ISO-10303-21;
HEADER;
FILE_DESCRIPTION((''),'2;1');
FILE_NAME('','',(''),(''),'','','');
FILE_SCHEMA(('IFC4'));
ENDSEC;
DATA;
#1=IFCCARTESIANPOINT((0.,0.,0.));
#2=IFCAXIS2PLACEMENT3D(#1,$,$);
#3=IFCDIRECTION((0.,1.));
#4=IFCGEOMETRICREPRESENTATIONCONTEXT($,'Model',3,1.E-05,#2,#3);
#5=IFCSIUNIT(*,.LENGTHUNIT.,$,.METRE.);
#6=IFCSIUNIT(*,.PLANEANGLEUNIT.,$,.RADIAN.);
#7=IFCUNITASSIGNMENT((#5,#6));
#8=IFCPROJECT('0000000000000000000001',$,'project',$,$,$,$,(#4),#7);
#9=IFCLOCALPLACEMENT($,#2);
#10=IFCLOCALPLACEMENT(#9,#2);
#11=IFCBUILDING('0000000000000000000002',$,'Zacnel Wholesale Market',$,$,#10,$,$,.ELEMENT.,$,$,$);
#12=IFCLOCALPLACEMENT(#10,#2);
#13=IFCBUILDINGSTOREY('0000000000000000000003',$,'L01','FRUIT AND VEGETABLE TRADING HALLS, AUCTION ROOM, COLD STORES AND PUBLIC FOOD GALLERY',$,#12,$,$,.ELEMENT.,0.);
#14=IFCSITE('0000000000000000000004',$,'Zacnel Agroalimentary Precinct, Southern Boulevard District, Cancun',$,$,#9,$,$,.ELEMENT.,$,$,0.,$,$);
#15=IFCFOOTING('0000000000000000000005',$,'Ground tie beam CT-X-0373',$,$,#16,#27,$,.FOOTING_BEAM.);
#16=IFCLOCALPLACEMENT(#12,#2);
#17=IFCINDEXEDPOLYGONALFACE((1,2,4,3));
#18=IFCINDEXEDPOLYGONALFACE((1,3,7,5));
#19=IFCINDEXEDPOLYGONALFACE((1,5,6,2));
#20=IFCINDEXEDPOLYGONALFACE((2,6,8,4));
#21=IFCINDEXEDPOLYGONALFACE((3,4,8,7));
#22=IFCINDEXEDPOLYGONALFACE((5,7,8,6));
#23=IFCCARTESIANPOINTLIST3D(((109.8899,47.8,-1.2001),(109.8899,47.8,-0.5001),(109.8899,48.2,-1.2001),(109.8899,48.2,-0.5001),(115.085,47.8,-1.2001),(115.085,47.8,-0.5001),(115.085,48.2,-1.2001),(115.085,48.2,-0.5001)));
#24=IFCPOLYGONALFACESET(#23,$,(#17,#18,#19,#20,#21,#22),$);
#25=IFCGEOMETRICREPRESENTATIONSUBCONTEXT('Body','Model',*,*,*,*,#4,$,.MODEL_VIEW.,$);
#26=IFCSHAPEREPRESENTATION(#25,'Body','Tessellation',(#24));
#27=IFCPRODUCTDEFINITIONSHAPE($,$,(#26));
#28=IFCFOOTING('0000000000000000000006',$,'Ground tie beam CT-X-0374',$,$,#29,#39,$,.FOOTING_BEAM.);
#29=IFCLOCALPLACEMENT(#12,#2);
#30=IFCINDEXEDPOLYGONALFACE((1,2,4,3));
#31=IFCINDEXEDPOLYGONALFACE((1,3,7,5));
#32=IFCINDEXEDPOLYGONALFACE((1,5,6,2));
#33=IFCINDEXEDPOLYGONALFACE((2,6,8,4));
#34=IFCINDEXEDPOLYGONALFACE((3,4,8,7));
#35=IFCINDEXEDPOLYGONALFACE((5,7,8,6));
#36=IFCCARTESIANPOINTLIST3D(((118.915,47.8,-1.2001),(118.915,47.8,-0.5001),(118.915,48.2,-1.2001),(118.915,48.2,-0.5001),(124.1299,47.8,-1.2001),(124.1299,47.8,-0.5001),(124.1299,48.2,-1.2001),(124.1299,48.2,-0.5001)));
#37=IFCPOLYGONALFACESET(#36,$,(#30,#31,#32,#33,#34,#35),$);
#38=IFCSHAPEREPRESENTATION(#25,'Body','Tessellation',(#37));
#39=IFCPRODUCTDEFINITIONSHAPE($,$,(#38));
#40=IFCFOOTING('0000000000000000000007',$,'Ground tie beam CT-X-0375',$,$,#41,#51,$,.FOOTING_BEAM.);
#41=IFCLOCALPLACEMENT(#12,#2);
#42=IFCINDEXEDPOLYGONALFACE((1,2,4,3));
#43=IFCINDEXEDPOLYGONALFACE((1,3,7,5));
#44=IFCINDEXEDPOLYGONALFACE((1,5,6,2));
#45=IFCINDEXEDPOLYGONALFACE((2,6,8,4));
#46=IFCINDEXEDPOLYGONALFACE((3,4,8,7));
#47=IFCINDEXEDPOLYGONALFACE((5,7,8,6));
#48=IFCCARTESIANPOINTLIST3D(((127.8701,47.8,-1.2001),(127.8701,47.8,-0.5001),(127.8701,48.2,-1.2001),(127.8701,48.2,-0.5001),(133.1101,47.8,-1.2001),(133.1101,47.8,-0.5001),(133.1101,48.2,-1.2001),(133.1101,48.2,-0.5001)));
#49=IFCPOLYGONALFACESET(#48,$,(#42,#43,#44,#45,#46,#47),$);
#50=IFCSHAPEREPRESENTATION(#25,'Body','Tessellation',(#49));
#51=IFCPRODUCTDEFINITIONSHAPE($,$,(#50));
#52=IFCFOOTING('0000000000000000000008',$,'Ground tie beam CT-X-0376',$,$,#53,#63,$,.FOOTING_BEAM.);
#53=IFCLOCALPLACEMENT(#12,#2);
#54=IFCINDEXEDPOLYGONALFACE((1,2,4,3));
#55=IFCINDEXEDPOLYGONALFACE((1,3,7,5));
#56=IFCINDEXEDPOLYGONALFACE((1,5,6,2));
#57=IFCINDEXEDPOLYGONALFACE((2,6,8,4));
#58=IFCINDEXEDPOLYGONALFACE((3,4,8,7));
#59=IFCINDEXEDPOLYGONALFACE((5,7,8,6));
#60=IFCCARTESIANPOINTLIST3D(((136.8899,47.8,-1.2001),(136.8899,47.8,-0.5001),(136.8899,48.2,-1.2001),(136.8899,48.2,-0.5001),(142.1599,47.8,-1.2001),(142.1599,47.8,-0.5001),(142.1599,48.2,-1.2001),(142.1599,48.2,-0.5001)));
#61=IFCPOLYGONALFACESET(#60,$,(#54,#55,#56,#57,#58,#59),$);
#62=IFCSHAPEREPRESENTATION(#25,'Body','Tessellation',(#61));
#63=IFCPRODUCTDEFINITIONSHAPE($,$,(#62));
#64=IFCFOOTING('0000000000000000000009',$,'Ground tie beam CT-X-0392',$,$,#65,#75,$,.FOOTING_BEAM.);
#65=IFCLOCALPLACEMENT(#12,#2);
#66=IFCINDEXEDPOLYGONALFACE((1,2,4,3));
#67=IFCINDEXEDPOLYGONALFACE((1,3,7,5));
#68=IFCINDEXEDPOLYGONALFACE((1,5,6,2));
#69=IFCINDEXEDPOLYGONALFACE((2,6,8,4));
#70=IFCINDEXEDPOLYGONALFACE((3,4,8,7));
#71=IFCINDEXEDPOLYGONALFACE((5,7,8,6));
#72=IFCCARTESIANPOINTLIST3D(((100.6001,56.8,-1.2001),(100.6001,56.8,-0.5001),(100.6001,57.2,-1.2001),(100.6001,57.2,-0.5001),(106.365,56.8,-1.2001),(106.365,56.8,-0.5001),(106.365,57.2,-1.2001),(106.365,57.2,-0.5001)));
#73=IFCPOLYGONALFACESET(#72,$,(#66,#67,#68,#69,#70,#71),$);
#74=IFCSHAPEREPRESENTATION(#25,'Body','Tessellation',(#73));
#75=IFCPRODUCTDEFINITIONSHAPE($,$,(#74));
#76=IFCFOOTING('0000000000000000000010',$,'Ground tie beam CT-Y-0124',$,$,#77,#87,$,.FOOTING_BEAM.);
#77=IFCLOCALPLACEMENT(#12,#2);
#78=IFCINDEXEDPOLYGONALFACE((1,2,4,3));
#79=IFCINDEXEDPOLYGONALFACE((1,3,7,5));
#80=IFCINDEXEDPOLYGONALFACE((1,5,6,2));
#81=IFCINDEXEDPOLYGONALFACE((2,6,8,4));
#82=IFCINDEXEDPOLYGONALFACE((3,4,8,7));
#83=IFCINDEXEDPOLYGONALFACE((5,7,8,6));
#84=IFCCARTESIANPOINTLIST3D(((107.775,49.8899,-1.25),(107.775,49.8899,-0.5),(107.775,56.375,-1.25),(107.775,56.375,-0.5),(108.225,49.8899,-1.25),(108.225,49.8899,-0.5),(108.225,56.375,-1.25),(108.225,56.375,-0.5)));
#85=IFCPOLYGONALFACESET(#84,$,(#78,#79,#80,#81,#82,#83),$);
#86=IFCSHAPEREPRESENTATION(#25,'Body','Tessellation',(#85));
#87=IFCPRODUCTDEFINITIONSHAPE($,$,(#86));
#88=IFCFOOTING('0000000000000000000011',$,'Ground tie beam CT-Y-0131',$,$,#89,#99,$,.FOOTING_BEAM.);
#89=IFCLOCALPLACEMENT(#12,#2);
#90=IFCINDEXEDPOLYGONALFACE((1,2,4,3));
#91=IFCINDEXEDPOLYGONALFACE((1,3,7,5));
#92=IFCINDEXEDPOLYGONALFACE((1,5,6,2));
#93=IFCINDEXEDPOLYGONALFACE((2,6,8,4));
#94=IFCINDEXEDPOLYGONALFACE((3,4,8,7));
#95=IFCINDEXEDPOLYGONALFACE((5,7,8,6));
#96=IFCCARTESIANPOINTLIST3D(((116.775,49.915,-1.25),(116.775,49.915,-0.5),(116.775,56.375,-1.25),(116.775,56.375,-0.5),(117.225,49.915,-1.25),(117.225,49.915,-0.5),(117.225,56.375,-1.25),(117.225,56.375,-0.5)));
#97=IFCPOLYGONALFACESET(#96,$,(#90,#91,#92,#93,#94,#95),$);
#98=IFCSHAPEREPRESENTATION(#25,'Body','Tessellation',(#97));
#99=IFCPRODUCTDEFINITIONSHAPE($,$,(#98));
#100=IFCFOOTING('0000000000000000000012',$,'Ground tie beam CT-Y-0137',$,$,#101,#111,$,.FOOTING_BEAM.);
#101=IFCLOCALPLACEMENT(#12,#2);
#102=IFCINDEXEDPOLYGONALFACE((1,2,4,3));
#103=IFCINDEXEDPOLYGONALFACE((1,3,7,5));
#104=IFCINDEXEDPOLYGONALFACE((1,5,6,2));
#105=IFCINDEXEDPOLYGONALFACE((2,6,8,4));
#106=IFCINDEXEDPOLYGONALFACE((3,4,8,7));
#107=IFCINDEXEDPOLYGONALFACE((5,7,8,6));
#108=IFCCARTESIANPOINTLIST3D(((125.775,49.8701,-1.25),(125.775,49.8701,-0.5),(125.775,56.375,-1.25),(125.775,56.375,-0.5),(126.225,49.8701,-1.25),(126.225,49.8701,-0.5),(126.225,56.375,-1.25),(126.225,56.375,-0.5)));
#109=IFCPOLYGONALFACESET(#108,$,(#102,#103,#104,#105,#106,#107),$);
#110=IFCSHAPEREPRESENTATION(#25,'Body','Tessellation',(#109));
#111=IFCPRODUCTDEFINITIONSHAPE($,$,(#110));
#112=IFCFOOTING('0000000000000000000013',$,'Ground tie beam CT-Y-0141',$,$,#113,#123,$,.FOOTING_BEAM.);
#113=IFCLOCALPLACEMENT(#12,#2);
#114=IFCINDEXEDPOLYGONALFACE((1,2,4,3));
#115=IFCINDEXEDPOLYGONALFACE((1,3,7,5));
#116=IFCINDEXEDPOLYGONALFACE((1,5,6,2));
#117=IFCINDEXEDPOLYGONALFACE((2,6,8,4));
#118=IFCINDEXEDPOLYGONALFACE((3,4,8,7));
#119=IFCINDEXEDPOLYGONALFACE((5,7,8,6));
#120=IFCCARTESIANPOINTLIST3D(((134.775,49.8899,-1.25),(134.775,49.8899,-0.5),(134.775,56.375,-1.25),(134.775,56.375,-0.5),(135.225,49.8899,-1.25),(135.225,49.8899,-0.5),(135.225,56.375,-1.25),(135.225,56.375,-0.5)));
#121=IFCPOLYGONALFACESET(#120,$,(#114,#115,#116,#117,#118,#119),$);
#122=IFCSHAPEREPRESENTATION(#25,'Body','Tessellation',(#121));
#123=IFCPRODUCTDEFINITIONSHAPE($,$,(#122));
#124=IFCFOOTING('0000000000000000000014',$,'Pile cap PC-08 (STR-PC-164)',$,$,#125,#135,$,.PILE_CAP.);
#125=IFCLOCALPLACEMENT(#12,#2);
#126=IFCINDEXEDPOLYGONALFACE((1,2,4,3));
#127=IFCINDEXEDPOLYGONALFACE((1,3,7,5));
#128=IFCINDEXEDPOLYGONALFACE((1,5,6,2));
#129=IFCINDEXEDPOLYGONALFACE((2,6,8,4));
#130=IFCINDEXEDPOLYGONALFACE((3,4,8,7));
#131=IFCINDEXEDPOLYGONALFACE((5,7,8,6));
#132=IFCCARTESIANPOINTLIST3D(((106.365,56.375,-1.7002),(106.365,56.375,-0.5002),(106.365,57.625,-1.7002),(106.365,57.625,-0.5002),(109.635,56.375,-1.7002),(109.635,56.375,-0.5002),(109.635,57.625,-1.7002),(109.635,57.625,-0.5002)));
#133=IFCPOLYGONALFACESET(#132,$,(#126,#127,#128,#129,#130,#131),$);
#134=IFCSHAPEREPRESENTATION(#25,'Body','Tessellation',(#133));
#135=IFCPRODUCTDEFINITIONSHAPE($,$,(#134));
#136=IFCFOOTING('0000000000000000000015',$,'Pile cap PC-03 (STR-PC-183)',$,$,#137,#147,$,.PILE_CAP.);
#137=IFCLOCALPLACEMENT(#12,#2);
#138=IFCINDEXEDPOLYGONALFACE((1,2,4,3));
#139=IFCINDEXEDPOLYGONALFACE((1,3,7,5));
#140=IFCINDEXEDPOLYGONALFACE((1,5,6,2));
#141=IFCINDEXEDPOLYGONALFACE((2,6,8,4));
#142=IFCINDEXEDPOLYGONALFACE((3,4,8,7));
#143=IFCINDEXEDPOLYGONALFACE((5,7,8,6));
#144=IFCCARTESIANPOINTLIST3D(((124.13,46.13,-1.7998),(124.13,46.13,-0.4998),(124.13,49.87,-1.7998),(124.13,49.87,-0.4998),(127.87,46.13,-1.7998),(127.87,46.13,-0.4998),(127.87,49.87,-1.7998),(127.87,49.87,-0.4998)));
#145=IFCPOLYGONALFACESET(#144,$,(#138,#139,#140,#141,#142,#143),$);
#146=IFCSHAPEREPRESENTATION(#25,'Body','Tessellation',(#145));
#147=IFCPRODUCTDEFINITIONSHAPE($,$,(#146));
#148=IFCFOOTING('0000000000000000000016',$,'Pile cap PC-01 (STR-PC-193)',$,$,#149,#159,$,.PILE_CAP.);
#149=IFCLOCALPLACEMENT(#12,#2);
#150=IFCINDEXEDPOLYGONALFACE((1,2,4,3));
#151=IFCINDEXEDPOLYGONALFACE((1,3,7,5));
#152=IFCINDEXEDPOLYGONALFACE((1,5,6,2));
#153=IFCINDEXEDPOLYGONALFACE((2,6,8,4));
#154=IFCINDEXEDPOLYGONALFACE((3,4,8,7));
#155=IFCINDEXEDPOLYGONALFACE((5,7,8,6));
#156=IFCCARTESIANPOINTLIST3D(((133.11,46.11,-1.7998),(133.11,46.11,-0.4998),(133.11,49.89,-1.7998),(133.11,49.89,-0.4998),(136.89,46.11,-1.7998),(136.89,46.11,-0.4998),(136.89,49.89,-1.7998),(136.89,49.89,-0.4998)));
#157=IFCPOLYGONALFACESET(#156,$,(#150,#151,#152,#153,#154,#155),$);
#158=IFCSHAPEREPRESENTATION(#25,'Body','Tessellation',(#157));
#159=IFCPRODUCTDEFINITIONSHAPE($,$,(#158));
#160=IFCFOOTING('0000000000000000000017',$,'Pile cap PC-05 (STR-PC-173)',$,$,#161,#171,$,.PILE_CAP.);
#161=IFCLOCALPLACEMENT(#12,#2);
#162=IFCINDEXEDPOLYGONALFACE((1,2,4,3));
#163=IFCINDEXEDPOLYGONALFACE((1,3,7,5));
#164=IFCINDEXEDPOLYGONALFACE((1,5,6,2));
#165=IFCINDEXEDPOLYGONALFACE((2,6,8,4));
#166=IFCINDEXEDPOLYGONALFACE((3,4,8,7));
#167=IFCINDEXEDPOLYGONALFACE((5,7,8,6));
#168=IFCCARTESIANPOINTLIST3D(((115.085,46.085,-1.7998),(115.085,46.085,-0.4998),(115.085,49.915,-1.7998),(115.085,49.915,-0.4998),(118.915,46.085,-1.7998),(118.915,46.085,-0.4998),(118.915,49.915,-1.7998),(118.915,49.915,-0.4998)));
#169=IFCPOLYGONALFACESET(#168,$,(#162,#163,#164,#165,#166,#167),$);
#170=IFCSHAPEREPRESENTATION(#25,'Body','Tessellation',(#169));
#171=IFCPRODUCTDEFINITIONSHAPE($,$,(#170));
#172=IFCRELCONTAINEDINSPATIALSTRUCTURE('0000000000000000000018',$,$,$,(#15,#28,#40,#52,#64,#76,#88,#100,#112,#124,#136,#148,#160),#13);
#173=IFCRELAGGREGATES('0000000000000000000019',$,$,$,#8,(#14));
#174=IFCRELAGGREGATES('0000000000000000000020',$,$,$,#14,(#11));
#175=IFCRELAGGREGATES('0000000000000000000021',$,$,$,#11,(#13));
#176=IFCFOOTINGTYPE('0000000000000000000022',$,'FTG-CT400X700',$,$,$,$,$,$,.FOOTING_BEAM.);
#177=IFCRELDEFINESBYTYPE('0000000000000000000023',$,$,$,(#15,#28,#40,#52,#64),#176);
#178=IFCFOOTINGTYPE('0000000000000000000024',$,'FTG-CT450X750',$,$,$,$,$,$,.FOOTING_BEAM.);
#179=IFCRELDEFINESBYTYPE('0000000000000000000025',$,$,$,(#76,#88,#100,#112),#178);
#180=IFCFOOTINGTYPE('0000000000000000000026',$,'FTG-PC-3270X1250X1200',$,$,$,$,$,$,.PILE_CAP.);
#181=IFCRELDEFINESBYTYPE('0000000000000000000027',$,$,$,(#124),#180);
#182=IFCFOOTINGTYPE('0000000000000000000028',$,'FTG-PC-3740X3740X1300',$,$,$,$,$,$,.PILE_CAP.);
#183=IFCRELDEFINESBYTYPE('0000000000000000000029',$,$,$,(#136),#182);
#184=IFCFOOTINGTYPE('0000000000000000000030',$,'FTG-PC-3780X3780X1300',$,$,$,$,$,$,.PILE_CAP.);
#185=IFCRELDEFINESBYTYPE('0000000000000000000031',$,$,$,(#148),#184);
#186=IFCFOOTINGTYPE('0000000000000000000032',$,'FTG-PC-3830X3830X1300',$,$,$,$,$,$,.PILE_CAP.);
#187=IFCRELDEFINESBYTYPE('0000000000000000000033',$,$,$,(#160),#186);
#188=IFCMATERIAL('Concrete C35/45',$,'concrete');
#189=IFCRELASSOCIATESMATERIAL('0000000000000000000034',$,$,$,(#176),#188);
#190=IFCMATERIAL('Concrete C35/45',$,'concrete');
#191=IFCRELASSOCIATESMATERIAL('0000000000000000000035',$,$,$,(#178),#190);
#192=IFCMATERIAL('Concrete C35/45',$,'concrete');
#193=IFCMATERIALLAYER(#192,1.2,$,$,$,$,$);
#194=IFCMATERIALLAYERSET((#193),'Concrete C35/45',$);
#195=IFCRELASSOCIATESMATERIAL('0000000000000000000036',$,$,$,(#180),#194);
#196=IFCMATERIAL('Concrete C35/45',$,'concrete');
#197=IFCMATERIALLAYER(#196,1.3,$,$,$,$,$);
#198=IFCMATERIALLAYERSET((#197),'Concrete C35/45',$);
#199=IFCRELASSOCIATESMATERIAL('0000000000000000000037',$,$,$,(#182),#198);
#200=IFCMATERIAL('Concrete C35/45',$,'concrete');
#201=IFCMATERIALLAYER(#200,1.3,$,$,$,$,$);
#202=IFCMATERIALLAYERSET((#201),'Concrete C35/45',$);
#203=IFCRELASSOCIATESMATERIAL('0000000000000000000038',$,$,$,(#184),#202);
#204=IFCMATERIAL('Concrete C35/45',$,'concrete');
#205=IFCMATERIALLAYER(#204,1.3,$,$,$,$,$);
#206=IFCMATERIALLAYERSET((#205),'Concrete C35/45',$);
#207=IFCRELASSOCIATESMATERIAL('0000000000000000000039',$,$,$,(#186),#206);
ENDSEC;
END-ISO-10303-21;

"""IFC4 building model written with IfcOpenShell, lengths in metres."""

from ifc_helpers import new_model, si_unit, direction, frame, origin, origin_2d, place, context, subcontext, project, spatial, rectangle, extrude, material, layer, layer_set, material_profile, profile_set, type_object, element, save


model = new_model("IFC4")

# Units and contexts
model_context = context("Model", 3, precision=1e-05, world=origin(), true_north=direction((0.0, 1.0)))
body_context = subcontext(model_context, "Body", "Model", "MODEL_VIEW")
ifc_project = project(units=[si_unit("LENGTHUNIT", "METRE"), si_unit("PLANEANGLEUNIT", "RADIAN")], contexts=[model_context])

# Site, building, storey
site_placement = place(None, origin())
site = spatial("IfcSite", under=ifc_project, at=site_placement, Name="Zacnel Agroalimentary Precinct, Southern Boulevard District, Cancun", CompositionType="ELEMENT", RefElevation=0.0)
building_placement = place(site_placement, origin())
building = spatial("IfcBuilding", under=site, at=building_placement, Name="Zacnel Wholesale Market", CompositionType="ELEMENT")
storey_placement = place(building_placement, origin())
storey = spatial("IfcBuildingStorey", under=building, at=storey_placement, Name="L01", Description="FRUIT AND VEGETABLE TRADING HALLS, AUCTION ROOM, COLD STORES AND PUBLIC FOOD GALLERY", CompositionType="ELEMENT", Elevation=0.0)

# Footings
ifc_material_1 = material(Name="Concrete C35/45", Category="concrete")
ifc_material_profile_1 = material_profile(ifc_material_1, rectangle(XDim=0.3999, YDim=0.7, at=origin_2d()), Name="CT 400x700")
ifc_profile_set_1 = profile_set([ifc_material_profile_1], Name="Concrete C35/45")
footing_type_1 = type_object("IfcFootingType", Name="FTG-CT400X700", PredefinedType="FOOTING_BEAM", material=ifc_profile_set_1)
footing_1_placement = place(storey_placement, frame((109.8899, 48.0, -0.8501), z_axis=(1.0, 0.0, 0.0), x_axis=(0.0, 1.0, 0.0)))
element("IfcFooting", 1, at=footing_1_placement, inside=storey, type_object=footing_type_1, Name="Ground tie beam CT-X-0373", PredefinedType="FOOTING_BEAM", context=body_context, shape_type="SweptSolid", body=[
    extrude(rectangle(XDim=0.3999, YDim=0.7, at=origin_2d()), origin(), (0.0, 0.0, 1.0), 5.1951),
])
footing_2_placement = place(storey_placement, frame((118.915, 48.0, -0.8501), z_axis=(1.0, 0.0, 0.0), x_axis=(0.0, 1.0, 0.0)))
element("IfcFooting", 2, at=footing_2_placement, inside=storey, type_object=footing_type_1, Name="Ground tie beam CT-X-0374", PredefinedType="FOOTING_BEAM", context=body_context, shape_type="SweptSolid", body=[
    extrude(rectangle(XDim=0.3999, YDim=0.7, at=origin_2d()), origin(), (0.0, 0.0, 1.0), 5.2148),
])
footing_3_placement = place(storey_placement, frame((127.8701, 48.0, -0.8501), z_axis=(1.0, 0.0, 0.0), x_axis=(0.0, 1.0, 0.0)))
element("IfcFooting", 3, at=footing_3_placement, inside=storey, type_object=footing_type_1, Name="Ground tie beam CT-X-0375", PredefinedType="FOOTING_BEAM", context=body_context, shape_type="SweptSolid", body=[
    extrude(rectangle(XDim=0.3999, YDim=0.7, at=origin_2d()), origin(), (0.0, 0.0, 1.0), 5.24),
])
footing_4_placement = place(storey_placement, frame((136.8899, 48.0, -0.8501), z_axis=(1.0, 0.0, 0.0), x_axis=(0.0, 1.0, 0.0)))
element("IfcFooting", 4, at=footing_4_placement, inside=storey, type_object=footing_type_1, Name="Ground tie beam CT-X-0376", PredefinedType="FOOTING_BEAM", context=body_context, shape_type="SweptSolid", body=[
    extrude(rectangle(XDim=0.3999, YDim=0.7, at=origin_2d()), origin(), (0.0, 0.0, 1.0), 5.27),
])
footing_5_placement = place(storey_placement, frame((100.6001, 57.0, -0.8501), z_axis=(1.0, 0.0, 0.0), x_axis=(0.0, 1.0, 0.0)))
element("IfcFooting", 5, at=footing_5_placement, inside=storey, type_object=footing_type_1, Name="Ground tie beam CT-X-0392", PredefinedType="FOOTING_BEAM", context=body_context, shape_type="SweptSolid", body=[
    extrude(rectangle(XDim=0.3999, YDim=0.7, at=origin_2d()), origin(), (0.0, 0.0, 1.0), 5.7649),
])
ifc_material_2 = material(Name="Concrete C35/45", Category="concrete")
ifc_material_profile_2 = material_profile(ifc_material_2, rectangle(XDim=0.45, YDim=0.75, at=origin_2d()), Name="CT 450x750")
ifc_profile_set_2 = profile_set([ifc_material_profile_2], Name="Concrete C35/45")
footing_type_2 = type_object("IfcFootingType", Name="FTG-CT450X750", PredefinedType="FOOTING_BEAM", material=ifc_profile_set_2)
footing_6_placement = place(storey_placement, frame((108.0, 49.8899, -0.875), z_axis=(0.0, 1.0, 0.0), x_axis=(-1.0, 0.0, 0.0)))
element("IfcFooting", 6, at=footing_6_placement, inside=storey, type_object=footing_type_2, Name="Ground tie beam CT-Y-0124", PredefinedType="FOOTING_BEAM", context=body_context, shape_type="SweptSolid", body=[
    extrude(rectangle(XDim=0.45, YDim=0.75, at=origin_2d()), origin(), (0.0, 0.0, 1.0), 6.4851),
])
footing_7_placement = place(storey_placement, frame((117.0, 49.915, -0.875), z_axis=(0.0, 1.0, 0.0), x_axis=(-1.0, 0.0, 0.0)))
element("IfcFooting", 7, at=footing_7_placement, inside=storey, type_object=footing_type_2, Name="Ground tie beam CT-Y-0131", PredefinedType="FOOTING_BEAM", context=body_context, shape_type="SweptSolid", body=[
    extrude(rectangle(XDim=0.45, YDim=0.75, at=origin_2d()), origin(), (0.0, 0.0, 1.0), 6.46),
])
footing_8_placement = place(storey_placement, frame((126.0, 49.8701, -0.875), z_axis=(0.0, 1.0, 0.0), x_axis=(-1.0, 0.0, 0.0)))
element("IfcFooting", 8, at=footing_8_placement, inside=storey, type_object=footing_type_2, Name="Ground tie beam CT-Y-0137", PredefinedType="FOOTING_BEAM", context=body_context, shape_type="SweptSolid", body=[
    extrude(rectangle(XDim=0.45, YDim=0.75, at=origin_2d()), origin(), (0.0, 0.0, 1.0), 6.5049),
])
footing_9_placement = place(storey_placement, frame((135.0, 49.8899, -0.875), z_axis=(0.0, 1.0, 0.0), x_axis=(-1.0, 0.0, 0.0)))
element("IfcFooting", 9, at=footing_9_placement, inside=storey, type_object=footing_type_2, Name="Ground tie beam CT-Y-0141", PredefinedType="FOOTING_BEAM", context=body_context, shape_type="SweptSolid", body=[
    extrude(rectangle(XDim=0.45, YDim=0.75, at=origin_2d()), origin(), (0.0, 0.0, 1.0), 6.4851),
])
ifc_material_3 = material(Name="Concrete C35/45", Category="concrete")
ifc_layer_1 = layer(ifc_material_3, 1.2)
ifc_layer_set_1 = layer_set([ifc_layer_1], Name="Concrete C35/45")
footing_type_3 = type_object("IfcFootingType", Name="FTG-PC-3270X1250X1200", PredefinedType="PILE_CAP", material=ifc_layer_set_1)
footing_10_placement = place(storey_placement, frame((108.0, 57.0, -1.7002), z_axis=(0.0, 0.0, 1.0), x_axis=(1.0, 0.0, 0.0)))
element("IfcFooting", 10, at=footing_10_placement, inside=storey, type_object=footing_type_3, Name="Pile cap PC-08 (STR-PC-164)", PredefinedType="PILE_CAP", context=body_context, shape_type="SweptSolid", body=[
    extrude(rectangle(XDim=3.27, YDim=1.25, at=origin_2d()), origin(), (0.0, 0.0, 1.0), 1.2),
])
ifc_material_4 = material(Name="Concrete C35/45", Category="concrete")
ifc_layer_2 = layer(ifc_material_4, 1.3)
ifc_layer_set_2 = layer_set([ifc_layer_2], Name="Concrete C35/45")
footing_type_4 = type_object("IfcFootingType", Name="FTG-PC-3740X3740X1300", PredefinedType="PILE_CAP", material=ifc_layer_set_2)
footing_11_placement = place(storey_placement, frame((126.0, 48.0, -1.7998), z_axis=(0.0, 0.0, 1.0), x_axis=(1.0, 0.0, 0.0)))
element("IfcFooting", 11, at=footing_11_placement, inside=storey, type_object=footing_type_4, Name="Pile cap PC-03 (STR-PC-183)", PredefinedType="PILE_CAP", context=body_context, shape_type="SweptSolid", body=[
    extrude(rectangle(XDim=3.74, YDim=3.74, at=origin_2d()), origin(), (0.0, 0.0, 1.0), 1.3),
])
ifc_material_5 = material(Name="Concrete C35/45", Category="concrete")
ifc_layer_3 = layer(ifc_material_5, 1.3)
ifc_layer_set_3 = layer_set([ifc_layer_3], Name="Concrete C35/45")
footing_type_5 = type_object("IfcFootingType", Name="FTG-PC-3780X3780X1300", PredefinedType="PILE_CAP", material=ifc_layer_set_3)
footing_12_placement = place(storey_placement, frame((135.0, 48.0, -1.7998), z_axis=(0.0, 0.0, 1.0), x_axis=(1.0, 0.0, 0.0)))
element("IfcFooting", 12, at=footing_12_placement, inside=storey, type_object=footing_type_5, Name="Pile cap PC-01 (STR-PC-193)", PredefinedType="PILE_CAP", context=body_context, shape_type="SweptSolid", body=[
    extrude(rectangle(XDim=3.78, YDim=3.78, at=origin_2d()), origin(), (0.0, 0.0, 1.0), 1.3),
])
ifc_material_6 = material(Name="Concrete C35/45", Category="concrete")
ifc_layer_4 = layer(ifc_material_6, 1.3)
ifc_layer_set_4 = layer_set([ifc_layer_4], Name="Concrete C35/45")
footing_type_6 = type_object("IfcFootingType", Name="FTG-PC-3830X3830X1300", PredefinedType="PILE_CAP", material=ifc_layer_set_4)
footing_13_placement = place(storey_placement, frame((117.0, 48.0, -1.7998), z_axis=(0.0, 0.0, 1.0), x_axis=(1.0, 0.0, 0.0)))
element("IfcFooting", 13, at=footing_13_placement, inside=storey, type_object=footing_type_6, Name="Pile cap PC-05 (STR-PC-173)", PredefinedType="PILE_CAP", context=body_context, shape_type="SweptSolid", body=[
    extrude(rectangle(XDim=3.8301, YDim=3.8301, at=origin_2d()), origin(), (0.0, 0.0, 1.0), 1.3),
])

save(model, "model.ifc")
